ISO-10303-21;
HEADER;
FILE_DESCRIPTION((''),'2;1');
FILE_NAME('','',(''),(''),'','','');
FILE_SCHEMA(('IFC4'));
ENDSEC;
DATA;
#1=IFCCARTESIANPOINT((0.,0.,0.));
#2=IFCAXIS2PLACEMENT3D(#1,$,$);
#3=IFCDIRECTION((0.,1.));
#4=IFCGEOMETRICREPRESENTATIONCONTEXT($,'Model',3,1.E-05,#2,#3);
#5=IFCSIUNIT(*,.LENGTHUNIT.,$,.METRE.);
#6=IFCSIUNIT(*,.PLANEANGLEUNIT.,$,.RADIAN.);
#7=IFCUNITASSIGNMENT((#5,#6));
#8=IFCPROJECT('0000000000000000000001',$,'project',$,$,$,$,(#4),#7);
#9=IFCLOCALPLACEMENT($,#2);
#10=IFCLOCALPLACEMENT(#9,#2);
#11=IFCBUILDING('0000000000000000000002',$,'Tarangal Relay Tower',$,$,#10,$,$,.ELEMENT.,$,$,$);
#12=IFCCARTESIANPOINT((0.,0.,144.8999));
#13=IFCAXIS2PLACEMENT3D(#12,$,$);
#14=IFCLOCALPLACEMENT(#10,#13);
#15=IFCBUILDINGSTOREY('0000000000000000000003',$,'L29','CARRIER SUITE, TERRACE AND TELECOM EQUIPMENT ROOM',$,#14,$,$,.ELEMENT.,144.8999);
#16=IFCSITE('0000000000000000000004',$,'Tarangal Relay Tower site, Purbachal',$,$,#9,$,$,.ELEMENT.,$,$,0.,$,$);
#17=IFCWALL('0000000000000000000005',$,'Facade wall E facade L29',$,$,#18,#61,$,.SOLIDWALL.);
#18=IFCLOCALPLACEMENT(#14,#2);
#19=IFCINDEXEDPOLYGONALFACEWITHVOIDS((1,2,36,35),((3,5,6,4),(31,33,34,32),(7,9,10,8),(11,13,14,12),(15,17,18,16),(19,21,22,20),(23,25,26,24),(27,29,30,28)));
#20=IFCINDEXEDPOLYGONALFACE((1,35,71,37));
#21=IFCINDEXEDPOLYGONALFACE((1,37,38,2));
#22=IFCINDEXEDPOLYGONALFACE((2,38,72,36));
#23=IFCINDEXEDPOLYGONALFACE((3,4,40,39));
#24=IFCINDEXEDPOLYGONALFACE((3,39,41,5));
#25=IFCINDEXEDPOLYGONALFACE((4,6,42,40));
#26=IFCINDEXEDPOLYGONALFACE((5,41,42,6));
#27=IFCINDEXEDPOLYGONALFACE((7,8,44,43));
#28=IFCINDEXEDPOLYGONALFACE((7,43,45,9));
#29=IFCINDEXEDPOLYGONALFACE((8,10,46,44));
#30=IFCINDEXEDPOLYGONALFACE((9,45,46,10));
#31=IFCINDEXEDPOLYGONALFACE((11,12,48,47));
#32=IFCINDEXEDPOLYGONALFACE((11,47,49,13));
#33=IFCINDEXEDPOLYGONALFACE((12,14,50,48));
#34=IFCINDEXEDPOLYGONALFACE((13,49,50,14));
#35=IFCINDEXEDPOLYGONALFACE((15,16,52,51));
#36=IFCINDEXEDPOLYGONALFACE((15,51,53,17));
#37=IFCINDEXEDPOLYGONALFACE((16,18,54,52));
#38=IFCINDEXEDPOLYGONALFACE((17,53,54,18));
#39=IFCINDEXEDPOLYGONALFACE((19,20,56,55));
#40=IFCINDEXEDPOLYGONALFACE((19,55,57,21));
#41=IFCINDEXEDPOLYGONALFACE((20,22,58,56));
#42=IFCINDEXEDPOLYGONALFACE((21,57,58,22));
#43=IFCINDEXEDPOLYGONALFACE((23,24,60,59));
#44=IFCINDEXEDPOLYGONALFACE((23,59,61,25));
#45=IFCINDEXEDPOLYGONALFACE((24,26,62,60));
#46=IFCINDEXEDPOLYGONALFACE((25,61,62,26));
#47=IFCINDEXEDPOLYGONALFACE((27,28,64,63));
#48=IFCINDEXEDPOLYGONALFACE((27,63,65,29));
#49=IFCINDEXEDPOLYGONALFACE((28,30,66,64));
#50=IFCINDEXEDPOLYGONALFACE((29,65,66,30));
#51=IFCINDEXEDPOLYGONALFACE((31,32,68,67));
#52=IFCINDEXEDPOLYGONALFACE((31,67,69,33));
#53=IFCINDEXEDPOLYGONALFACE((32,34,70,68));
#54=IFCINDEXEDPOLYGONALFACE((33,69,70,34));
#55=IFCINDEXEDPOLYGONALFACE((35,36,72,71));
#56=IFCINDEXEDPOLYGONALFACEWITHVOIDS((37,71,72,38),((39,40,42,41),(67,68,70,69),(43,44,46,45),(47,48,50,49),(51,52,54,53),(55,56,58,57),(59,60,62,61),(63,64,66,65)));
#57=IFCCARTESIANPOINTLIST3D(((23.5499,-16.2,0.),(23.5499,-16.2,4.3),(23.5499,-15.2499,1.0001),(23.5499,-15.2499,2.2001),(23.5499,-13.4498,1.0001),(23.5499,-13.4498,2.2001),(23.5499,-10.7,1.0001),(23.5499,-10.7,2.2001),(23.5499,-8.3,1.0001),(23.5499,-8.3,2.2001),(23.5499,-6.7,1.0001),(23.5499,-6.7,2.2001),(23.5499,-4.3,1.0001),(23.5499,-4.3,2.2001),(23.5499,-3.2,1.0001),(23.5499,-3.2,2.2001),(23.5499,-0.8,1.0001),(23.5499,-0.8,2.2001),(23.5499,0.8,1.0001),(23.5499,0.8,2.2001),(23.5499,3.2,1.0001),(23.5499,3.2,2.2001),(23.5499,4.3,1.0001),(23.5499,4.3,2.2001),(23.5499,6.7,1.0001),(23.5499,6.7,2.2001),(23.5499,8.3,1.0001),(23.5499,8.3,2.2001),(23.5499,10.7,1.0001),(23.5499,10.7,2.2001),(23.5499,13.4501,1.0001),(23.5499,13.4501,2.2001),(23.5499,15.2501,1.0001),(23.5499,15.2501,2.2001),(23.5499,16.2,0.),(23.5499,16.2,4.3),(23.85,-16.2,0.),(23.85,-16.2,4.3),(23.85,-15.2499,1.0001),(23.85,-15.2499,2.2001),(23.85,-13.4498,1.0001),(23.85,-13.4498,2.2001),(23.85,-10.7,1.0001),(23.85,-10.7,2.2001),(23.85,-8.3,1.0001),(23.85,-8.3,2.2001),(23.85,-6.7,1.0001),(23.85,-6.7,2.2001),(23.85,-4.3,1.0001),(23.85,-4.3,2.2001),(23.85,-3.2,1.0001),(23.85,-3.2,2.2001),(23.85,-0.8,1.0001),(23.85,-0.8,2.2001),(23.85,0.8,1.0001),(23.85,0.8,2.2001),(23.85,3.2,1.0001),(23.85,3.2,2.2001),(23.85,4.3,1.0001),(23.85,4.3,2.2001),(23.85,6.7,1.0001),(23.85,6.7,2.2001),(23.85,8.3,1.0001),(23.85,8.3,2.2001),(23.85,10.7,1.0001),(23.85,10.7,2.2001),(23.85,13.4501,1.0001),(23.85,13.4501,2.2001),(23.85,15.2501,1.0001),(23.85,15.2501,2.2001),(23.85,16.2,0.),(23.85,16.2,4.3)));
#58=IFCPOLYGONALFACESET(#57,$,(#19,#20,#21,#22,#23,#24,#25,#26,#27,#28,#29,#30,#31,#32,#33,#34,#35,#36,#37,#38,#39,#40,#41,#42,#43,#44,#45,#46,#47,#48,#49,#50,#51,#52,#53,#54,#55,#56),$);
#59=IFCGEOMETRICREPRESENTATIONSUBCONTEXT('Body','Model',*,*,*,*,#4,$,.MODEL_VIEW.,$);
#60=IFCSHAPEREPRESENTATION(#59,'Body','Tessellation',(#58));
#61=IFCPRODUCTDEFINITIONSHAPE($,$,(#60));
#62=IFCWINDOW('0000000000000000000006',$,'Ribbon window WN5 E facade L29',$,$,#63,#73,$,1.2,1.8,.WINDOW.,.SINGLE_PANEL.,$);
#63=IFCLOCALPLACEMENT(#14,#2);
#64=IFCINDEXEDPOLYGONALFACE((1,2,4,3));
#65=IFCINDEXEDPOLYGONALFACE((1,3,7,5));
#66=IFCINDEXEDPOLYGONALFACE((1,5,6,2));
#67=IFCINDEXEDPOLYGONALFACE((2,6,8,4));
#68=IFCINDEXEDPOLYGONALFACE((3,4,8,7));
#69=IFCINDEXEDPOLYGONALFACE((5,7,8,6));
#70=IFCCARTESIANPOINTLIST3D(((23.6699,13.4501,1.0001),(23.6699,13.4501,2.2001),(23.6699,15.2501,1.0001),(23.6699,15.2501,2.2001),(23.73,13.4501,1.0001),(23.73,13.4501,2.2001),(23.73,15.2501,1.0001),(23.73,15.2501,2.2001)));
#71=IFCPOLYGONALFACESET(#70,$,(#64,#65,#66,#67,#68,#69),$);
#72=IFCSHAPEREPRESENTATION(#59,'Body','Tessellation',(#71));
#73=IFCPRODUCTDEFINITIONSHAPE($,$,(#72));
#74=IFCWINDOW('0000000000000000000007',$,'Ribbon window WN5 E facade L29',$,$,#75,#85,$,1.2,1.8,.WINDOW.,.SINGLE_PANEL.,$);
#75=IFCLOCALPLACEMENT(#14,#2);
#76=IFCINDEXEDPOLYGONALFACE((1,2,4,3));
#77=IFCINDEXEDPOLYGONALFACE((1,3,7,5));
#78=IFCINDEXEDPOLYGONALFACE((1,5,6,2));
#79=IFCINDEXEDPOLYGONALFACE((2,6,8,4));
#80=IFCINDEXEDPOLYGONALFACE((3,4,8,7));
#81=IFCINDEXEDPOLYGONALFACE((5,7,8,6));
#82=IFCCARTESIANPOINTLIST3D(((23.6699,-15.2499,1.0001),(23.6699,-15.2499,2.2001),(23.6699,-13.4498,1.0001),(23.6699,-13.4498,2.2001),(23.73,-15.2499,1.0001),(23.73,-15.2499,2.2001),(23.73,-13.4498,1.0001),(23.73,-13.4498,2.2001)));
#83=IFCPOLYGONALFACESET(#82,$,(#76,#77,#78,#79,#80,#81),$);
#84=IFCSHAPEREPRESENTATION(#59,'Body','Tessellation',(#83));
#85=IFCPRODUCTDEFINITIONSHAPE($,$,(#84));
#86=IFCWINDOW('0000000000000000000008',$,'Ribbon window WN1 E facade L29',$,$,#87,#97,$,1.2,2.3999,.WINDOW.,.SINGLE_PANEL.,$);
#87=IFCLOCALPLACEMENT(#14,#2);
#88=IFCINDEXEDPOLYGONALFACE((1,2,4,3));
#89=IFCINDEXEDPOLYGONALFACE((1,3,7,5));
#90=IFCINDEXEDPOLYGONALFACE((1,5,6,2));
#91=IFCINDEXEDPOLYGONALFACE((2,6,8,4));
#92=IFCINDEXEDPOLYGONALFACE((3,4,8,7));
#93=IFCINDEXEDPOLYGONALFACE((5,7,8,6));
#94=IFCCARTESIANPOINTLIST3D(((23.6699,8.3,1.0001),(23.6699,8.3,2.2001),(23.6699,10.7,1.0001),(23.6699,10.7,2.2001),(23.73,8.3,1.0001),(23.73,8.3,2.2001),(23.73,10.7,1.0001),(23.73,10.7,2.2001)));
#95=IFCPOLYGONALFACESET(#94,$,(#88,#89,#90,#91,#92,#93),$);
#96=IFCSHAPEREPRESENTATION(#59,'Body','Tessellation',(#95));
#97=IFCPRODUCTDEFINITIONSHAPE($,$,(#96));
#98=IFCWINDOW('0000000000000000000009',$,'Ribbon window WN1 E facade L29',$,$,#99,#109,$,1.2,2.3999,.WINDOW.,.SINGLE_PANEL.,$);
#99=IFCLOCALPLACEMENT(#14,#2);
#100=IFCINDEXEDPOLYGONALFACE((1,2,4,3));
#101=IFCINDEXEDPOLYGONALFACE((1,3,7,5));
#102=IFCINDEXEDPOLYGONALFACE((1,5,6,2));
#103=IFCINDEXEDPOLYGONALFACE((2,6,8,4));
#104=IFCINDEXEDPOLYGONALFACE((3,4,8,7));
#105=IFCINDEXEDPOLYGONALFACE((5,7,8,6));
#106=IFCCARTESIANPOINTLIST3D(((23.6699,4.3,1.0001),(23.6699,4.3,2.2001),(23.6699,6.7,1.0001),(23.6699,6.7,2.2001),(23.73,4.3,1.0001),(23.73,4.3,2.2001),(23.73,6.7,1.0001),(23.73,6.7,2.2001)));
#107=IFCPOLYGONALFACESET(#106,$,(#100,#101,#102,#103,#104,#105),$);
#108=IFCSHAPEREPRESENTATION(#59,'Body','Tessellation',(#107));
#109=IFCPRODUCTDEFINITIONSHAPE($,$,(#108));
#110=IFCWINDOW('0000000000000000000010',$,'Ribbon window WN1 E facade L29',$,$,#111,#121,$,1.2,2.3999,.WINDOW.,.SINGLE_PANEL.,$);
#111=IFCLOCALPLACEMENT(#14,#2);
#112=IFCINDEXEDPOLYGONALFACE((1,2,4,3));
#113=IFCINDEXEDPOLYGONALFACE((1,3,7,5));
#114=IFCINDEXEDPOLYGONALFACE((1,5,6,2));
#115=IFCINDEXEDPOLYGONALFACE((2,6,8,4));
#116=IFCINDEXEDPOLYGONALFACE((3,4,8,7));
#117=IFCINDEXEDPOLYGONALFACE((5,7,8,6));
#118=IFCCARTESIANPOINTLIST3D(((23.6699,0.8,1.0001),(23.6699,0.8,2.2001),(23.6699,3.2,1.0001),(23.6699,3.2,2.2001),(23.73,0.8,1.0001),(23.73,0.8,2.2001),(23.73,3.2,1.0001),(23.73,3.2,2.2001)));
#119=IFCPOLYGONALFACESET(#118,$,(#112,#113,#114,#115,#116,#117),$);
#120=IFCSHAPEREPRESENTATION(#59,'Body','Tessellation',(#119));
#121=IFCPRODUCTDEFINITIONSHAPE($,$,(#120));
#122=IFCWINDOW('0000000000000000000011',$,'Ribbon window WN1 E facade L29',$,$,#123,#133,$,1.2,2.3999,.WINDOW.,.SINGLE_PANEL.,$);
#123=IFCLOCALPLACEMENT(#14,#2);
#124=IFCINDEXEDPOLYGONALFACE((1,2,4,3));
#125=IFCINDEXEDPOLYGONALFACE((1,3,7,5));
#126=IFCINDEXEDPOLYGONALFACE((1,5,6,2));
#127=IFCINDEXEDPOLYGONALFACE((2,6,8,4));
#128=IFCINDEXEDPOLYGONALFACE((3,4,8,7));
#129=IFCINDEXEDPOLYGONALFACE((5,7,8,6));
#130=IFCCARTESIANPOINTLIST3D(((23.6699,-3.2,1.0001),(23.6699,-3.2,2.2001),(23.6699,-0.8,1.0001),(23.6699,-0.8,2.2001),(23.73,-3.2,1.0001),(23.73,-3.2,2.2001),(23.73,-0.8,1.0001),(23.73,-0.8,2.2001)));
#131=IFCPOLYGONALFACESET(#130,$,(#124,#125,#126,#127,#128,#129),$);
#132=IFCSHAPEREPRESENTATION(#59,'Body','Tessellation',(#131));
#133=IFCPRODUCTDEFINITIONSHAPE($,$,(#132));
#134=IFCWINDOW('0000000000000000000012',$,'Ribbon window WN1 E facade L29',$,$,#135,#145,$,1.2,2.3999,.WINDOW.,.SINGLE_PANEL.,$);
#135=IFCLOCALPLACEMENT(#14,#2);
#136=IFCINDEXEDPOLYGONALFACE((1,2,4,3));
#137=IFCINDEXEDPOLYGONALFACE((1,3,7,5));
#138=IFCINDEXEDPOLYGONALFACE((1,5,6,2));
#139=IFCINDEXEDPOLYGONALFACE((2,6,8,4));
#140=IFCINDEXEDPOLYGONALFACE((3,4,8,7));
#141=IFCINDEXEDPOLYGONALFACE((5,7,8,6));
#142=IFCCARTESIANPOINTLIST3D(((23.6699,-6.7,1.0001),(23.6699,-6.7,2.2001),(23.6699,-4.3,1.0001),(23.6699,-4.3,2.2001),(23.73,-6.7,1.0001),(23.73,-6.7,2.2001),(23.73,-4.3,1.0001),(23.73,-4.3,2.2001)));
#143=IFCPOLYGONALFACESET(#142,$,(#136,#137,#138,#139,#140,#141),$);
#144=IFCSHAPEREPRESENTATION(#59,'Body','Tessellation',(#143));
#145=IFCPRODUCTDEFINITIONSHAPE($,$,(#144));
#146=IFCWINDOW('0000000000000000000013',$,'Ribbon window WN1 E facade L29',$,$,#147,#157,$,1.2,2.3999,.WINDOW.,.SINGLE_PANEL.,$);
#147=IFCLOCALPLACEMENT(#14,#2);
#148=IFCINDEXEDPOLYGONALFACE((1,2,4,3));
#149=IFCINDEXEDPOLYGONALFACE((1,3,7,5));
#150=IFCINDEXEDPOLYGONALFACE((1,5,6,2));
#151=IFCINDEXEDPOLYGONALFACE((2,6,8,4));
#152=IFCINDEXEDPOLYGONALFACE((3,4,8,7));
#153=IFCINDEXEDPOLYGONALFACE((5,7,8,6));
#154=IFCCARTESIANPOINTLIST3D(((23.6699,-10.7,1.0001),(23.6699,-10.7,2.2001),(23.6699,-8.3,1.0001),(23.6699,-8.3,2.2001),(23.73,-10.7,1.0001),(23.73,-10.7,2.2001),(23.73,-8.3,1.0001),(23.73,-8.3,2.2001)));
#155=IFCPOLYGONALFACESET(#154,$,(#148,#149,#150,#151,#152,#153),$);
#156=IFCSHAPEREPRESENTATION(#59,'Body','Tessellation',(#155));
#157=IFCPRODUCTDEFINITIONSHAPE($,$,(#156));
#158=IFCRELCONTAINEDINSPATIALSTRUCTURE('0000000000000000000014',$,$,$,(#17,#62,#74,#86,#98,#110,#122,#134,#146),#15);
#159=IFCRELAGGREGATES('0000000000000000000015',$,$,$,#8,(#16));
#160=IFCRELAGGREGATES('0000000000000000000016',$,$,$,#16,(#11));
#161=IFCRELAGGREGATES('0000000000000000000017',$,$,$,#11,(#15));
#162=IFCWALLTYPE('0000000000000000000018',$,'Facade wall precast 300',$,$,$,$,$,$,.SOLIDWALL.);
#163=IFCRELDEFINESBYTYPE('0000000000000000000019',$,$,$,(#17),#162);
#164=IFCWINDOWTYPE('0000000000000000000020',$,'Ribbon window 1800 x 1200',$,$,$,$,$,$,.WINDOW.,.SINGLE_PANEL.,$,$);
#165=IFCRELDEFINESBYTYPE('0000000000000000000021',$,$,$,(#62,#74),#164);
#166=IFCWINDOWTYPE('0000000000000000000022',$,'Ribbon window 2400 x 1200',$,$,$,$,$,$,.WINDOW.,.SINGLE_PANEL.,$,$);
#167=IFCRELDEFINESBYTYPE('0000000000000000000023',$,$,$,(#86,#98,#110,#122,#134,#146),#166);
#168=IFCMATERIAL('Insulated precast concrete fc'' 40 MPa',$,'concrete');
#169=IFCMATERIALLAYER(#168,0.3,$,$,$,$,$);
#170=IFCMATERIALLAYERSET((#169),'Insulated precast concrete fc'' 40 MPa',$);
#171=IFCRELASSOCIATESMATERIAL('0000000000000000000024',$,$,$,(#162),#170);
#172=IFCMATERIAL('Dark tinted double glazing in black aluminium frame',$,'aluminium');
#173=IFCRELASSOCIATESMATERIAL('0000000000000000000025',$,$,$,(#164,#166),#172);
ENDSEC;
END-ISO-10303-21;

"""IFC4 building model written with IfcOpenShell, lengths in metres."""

from ifc_helpers import new_model, si_unit, direction, frame, frame_2d, origin, place, context, subcontext, project, spatial, rectangle, extrude, material, layer, layer_set, type_object, element, fill, save


model = new_model("IFC4")

# Units and contexts
model_context = context("Model", 3, precision=1e-05, world=origin(), true_north=direction((0.0, 1.0)))
body_context = subcontext(model_context, "Body", "Model", "MODEL_VIEW")
ifc_project = project(units=[si_unit("LENGTHUNIT", "METRE"), si_unit("PLANEANGLEUNIT", "RADIAN")], contexts=[model_context])

# Site, building, storey
site_placement = place(None, origin())
site = spatial("IfcSite", under=ifc_project, at=site_placement, Name="Tarangal Relay Tower site, Purbachal", CompositionType="ELEMENT", RefElevation=0.0)
building_placement = place(site_placement, origin())
building = spatial("IfcBuilding", under=site, at=building_placement, Name="Tarangal Relay Tower", CompositionType="ELEMENT")
storey_placement = place(building_placement, frame((0.0, 0.0, 144.8999)))
storey = spatial("IfcBuildingStorey", under=building, at=storey_placement, Name="L29", Description="CARRIER SUITE, TERRACE AND TELECOM EQUIPMENT ROOM", CompositionType="ELEMENT", Elevation=144.8999)

# Shared definitions
ifc_material_1 = material(Name="Insulated precast concrete fc' 40 MPa", Category="concrete")
ifc_layer_1 = layer(ifc_material_1, 0.3)
ifc_layer_set_1 = layer_set([ifc_layer_1], Name="Insulated precast concrete fc' 40 MPa")
wall_type_1 = type_object("IfcWallType", Name="Facade wall precast 300", PredefinedType="SOLIDWALL", material=ifc_layer_set_1)

# Wall, openings, windows
wall_1_placement = place(storey_placement, frame((23.7, 16.2, 0.0), z_axis=(0.0, 0.0, 1.0), x_axis=(0.0, -1.0, 0.0)))
wall_1 = element("IfcWall", 1, at=wall_1_placement, inside=storey, type_object=wall_type_1, Name="Facade wall E facade L29", PredefinedType="SOLIDWALL", context=body_context, shape_type="SweptSolid", body=[
    extrude(rectangle(XDim=32.3999, YDim=0.3, at=frame_2d((16.2, 0.0))), origin(), (0.0, 0.0, 1.0), 4.3),
])
opening_1_placement = place(wall_1_placement, frame((0.95, 0.0, 1.0)))
opening_1 = element("IfcOpeningElement", 2, at=opening_1_placement, cuts=wall_1, PredefinedType="OPENING", context=body_context, shape_type="SweptSolid", body=[
    extrude(rectangle(XDim=1.8, YDim=1.2, at=frame_2d((0.8999, 0.6001))), frame((0.0, 0.1599, 0.0), z_axis=(0.0, -1.0, 0.0), x_axis=(1.0, 0.0, 0.0)), (0.0, 0.0, 1.0), 0.3201),
])
opening_2_placement = place(wall_1_placement, frame((5.5, 0.0, 1.0)))
opening_2 = element("IfcOpeningElement", 3, at=opening_2_placement, cuts=wall_1, PredefinedType="OPENING", context=body_context, shape_type="SweptSolid", body=[
    extrude(rectangle(XDim=2.3999, YDim=1.2, at=frame_2d((1.2, 0.6001))), frame((0.0, 0.1599, 0.0), z_axis=(0.0, -1.0, 0.0), x_axis=(1.0, 0.0, 0.0)), (0.0, 0.0, 1.0), 0.3201),
])
opening_3_placement = place(wall_1_placement, frame((9.5, 0.0, 1.0)))
opening_3 = element("IfcOpeningElement", 4, at=opening_3_placement, cuts=wall_1, PredefinedType="OPENING", context=body_context, shape_type="SweptSolid", body=[
    extrude(rectangle(XDim=2.3999, YDim=1.2, at=frame_2d((1.2, 0.6001))), frame((0.0, 0.1599, 0.0), z_axis=(0.0, -1.0, 0.0), x_axis=(1.0, 0.0, 0.0)), (0.0, 0.0, 1.0), 0.3201),
])
opening_4_placement = place(wall_1_placement, frame((13.0, 0.0, 1.0)))
opening_4 = element("IfcOpeningElement", 5, at=opening_4_placement, cuts=wall_1, PredefinedType="OPENING", context=body_context, shape_type="SweptSolid", body=[
    extrude(rectangle(XDim=2.3999, YDim=1.2, at=frame_2d((1.2, 0.6001))), frame((0.0, 0.1599, 0.0), z_axis=(0.0, -1.0, 0.0), x_axis=(1.0, 0.0, 0.0)), (0.0, 0.0, 1.0), 0.3201),
])
opening_5_placement = place(wall_1_placement, frame((17.0, 0.0, 1.0)))
opening_5 = element("IfcOpeningElement", 6, at=opening_5_placement, cuts=wall_1, PredefinedType="OPENING", context=body_context, shape_type="SweptSolid", body=[
    extrude(rectangle(XDim=2.3999, YDim=1.2, at=frame_2d((1.2, 0.6001))), frame((0.0, 0.1599, 0.0), z_axis=(0.0, -1.0, 0.0), x_axis=(1.0, 0.0, 0.0)), (0.0, 0.0, 1.0), 0.3201),
])
opening_6_placement = place(wall_1_placement, frame((20.5, 0.0, 1.0)))
opening_6 = element("IfcOpeningElement", 7, at=opening_6_placement, cuts=wall_1, PredefinedType="OPENING", context=body_context, shape_type="SweptSolid", body=[
    extrude(rectangle(XDim=2.3999, YDim=1.2, at=frame_2d((1.2, 0.6001))), frame((0.0, 0.1599, 0.0), z_axis=(0.0, -1.0, 0.0), x_axis=(1.0, 0.0, 0.0)), (0.0, 0.0, 1.0), 0.3201),
])
opening_7_placement = place(wall_1_placement, frame((24.5, 0.0, 1.0)))
opening_7 = element("IfcOpeningElement", 8, at=opening_7_placement, cuts=wall_1, PredefinedType="OPENING", context=body_context, shape_type="SweptSolid", body=[
    extrude(rectangle(XDim=2.3999, YDim=1.2, at=frame_2d((1.2, 0.6001))), frame((0.0, 0.1599, 0.0), z_axis=(0.0, -1.0, 0.0), x_axis=(1.0, 0.0, 0.0)), (0.0, 0.0, 1.0), 0.3201),
])
opening_8_placement = place(wall_1_placement, frame((29.6499, 0.0, 1.0)))
opening_8 = element("IfcOpeningElement", 9, at=opening_8_placement, cuts=wall_1, PredefinedType="OPENING", context=body_context, shape_type="SweptSolid", body=[
    extrude(rectangle(XDim=1.8, YDim=1.2, at=frame_2d((0.8999, 0.6001))), frame((0.0, 0.1599, 0.0), z_axis=(0.0, -1.0, 0.0), x_axis=(1.0, 0.0, 0.0)), (0.0, 0.0, 1.0), 0.3201),
])
ifc_material_2 = material(Name="Dark tinted double glazing in black aluminium frame", Category="aluminium")
window_type_1 = type_object("IfcWindowType", Name="Ribbon window 1800 x 1200", PartitioningType="SINGLE_PANEL", PredefinedType="WINDOW", material=ifc_material_2)
window_1_placement = place(opening_1_placement, origin())
window_1 = element("IfcWindow", 10, at=window_1_placement, inside=storey, type_object=window_type_1, Name="Ribbon window WN5 E facade L29", OverallHeight=1.2, OverallWidth=1.8, PartitioningType="SINGLE_PANEL", PredefinedType="WINDOW", context=body_context, shape_type="SweptSolid", body=[
    extrude(rectangle(XDim=1.8, YDim=1.2, at=frame_2d((0.8999, 0.6001))), frame((0.0, 0.03, 0.0), z_axis=(0.0, -1.0, 0.0), x_axis=(1.0, 0.0, 0.0)), (0.0, 0.0, 1.0), 0.0601),
])
fill(opening_1, window_1)
window_2_placement = place(opening_8_placement, origin())
window_2 = element("IfcWindow", 11, at=window_2_placement, inside=storey, type_object=window_type_1, Name="Ribbon window WN5 E facade L29", OverallHeight=1.2, OverallWidth=1.8, PartitioningType="SINGLE_PANEL", PredefinedType="WINDOW", context=body_context, shape_type="SweptSolid", body=[
    extrude(rectangle(XDim=1.8, YDim=1.2, at=frame_2d((0.8999, 0.6001))), frame((0.0, 0.03, 0.0), z_axis=(0.0, -1.0, 0.0), x_axis=(1.0, 0.0, 0.0)), (0.0, 0.0, 1.0), 0.0601),
])
fill(opening_8, window_2)
window_type_2 = type_object("IfcWindowType", Name="Ribbon window 2400 x 1200", PartitioningType="SINGLE_PANEL", PredefinedType="WINDOW", material=ifc_material_2)
window_3_placement = place(opening_2_placement, origin())
window_3 = element("IfcWindow", 12, at=window_3_placement, inside=storey, type_object=window_type_2, Name="Ribbon window WN1 E facade L29", OverallHeight=1.2, OverallWidth=2.3999, PartitioningType="SINGLE_PANEL", PredefinedType="WINDOW", context=body_context, shape_type="SweptSolid", body=[
    extrude(rectangle(XDim=2.3999, YDim=1.2, at=frame_2d((1.2, 0.6001))), frame((0.0, 0.03, 0.0), z_axis=(0.0, -1.0, 0.0), x_axis=(1.0, 0.0, 0.0)), (0.0, 0.0, 1.0), 0.0601),
])
fill(opening_2, window_3)
window_4_placement = place(opening_3_placement, origin())
window_4 = element("IfcWindow", 13, at=window_4_placement, inside=storey, type_object=window_type_2, Name="Ribbon window WN1 E facade L29", OverallHeight=1.2, OverallWidth=2.3999, PartitioningType="SINGLE_PANEL", PredefinedType="WINDOW", context=body_context, shape_type="SweptSolid", body=[
    extrude(rectangle(XDim=2.3999, YDim=1.2, at=frame_2d((1.2, 0.6001))), frame((0.0, 0.03, 0.0), z_axis=(0.0, -1.0, 0.0), x_axis=(1.0, 0.0, 0.0)), (0.0, 0.0, 1.0), 0.0601),
])
fill(opening_3, window_4)
window_5_placement = place(opening_4_placement, origin())
window_5 = element("IfcWindow", 14, at=window_5_placement, inside=storey, type_object=window_type_2, Name="Ribbon window WN1 E facade L29", OverallHeight=1.2, OverallWidth=2.3999, PartitioningType="SINGLE_PANEL", PredefinedType="WINDOW", context=body_context, shape_type="SweptSolid", body=[
    extrude(rectangle(XDim=2.3999, YDim=1.2, at=frame_2d((1.2, 0.6001))), frame((0.0, 0.03, 0.0), z_axis=(0.0, -1.0, 0.0), x_axis=(1.0, 0.0, 0.0)), (0.0, 0.0, 1.0), 0.0601),
])
fill(opening_4, window_5)
window_6_placement = place(opening_5_placement, origin())
window_6 = element("IfcWindow", 15, at=window_6_placement, inside=storey, type_object=window_type_2, Name="Ribbon window WN1 E facade L29", OverallHeight=1.2, OverallWidth=2.3999, PartitioningType="SINGLE_PANEL", PredefinedType="WINDOW", context=body_context, shape_type="SweptSolid", body=[
    extrude(rectangle(XDim=2.3999, YDim=1.2, at=frame_2d((1.2, 0.6001))), frame((0.0, 0.03, 0.0), z_axis=(0.0, -1.0, 0.0), x_axis=(1.0, 0.0, 0.0)), (0.0, 0.0, 1.0), 0.0601),
])
fill(opening_5, window_6)
window_7_placement = place(opening_6_placement, origin())
window_7 = element("IfcWindow", 16, at=window_7_placement, inside=storey, type_object=window_type_2, Name="Ribbon window WN1 E facade L29", OverallHeight=1.2, OverallWidth=2.3999, PartitioningType="SINGLE_PANEL", PredefinedType="WINDOW", context=body_context, shape_type="SweptSolid", body=[
    extrude(rectangle(XDim=2.3999, YDim=1.2, at=frame_2d((1.2, 0.6001))), frame((0.0, 0.03, 0.0), z_axis=(0.0, -1.0, 0.0), x_axis=(1.0, 0.0, 0.0)), (0.0, 0.0, 1.0), 0.0601),
])
fill(opening_6, window_7)
window_8_placement = place(opening_7_placement, origin())
window_8 = element("IfcWindow", 17, at=window_8_placement, inside=storey, type_object=window_type_2, Name="Ribbon window WN1 E facade L29", OverallHeight=1.2, OverallWidth=2.3999, PartitioningType="SINGLE_PANEL", PredefinedType="WINDOW", context=body_context, shape_type="SweptSolid", body=[
    extrude(rectangle(XDim=2.3999, YDim=1.2, at=frame_2d((1.2, 0.6001))), frame((0.0, 0.03, 0.0), z_axis=(0.0, -1.0, 0.0), x_axis=(1.0, 0.0, 0.0)), (0.0, 0.0, 1.0), 0.0601),
])
fill(opening_7, window_8)

save(model, "model.ifc")
